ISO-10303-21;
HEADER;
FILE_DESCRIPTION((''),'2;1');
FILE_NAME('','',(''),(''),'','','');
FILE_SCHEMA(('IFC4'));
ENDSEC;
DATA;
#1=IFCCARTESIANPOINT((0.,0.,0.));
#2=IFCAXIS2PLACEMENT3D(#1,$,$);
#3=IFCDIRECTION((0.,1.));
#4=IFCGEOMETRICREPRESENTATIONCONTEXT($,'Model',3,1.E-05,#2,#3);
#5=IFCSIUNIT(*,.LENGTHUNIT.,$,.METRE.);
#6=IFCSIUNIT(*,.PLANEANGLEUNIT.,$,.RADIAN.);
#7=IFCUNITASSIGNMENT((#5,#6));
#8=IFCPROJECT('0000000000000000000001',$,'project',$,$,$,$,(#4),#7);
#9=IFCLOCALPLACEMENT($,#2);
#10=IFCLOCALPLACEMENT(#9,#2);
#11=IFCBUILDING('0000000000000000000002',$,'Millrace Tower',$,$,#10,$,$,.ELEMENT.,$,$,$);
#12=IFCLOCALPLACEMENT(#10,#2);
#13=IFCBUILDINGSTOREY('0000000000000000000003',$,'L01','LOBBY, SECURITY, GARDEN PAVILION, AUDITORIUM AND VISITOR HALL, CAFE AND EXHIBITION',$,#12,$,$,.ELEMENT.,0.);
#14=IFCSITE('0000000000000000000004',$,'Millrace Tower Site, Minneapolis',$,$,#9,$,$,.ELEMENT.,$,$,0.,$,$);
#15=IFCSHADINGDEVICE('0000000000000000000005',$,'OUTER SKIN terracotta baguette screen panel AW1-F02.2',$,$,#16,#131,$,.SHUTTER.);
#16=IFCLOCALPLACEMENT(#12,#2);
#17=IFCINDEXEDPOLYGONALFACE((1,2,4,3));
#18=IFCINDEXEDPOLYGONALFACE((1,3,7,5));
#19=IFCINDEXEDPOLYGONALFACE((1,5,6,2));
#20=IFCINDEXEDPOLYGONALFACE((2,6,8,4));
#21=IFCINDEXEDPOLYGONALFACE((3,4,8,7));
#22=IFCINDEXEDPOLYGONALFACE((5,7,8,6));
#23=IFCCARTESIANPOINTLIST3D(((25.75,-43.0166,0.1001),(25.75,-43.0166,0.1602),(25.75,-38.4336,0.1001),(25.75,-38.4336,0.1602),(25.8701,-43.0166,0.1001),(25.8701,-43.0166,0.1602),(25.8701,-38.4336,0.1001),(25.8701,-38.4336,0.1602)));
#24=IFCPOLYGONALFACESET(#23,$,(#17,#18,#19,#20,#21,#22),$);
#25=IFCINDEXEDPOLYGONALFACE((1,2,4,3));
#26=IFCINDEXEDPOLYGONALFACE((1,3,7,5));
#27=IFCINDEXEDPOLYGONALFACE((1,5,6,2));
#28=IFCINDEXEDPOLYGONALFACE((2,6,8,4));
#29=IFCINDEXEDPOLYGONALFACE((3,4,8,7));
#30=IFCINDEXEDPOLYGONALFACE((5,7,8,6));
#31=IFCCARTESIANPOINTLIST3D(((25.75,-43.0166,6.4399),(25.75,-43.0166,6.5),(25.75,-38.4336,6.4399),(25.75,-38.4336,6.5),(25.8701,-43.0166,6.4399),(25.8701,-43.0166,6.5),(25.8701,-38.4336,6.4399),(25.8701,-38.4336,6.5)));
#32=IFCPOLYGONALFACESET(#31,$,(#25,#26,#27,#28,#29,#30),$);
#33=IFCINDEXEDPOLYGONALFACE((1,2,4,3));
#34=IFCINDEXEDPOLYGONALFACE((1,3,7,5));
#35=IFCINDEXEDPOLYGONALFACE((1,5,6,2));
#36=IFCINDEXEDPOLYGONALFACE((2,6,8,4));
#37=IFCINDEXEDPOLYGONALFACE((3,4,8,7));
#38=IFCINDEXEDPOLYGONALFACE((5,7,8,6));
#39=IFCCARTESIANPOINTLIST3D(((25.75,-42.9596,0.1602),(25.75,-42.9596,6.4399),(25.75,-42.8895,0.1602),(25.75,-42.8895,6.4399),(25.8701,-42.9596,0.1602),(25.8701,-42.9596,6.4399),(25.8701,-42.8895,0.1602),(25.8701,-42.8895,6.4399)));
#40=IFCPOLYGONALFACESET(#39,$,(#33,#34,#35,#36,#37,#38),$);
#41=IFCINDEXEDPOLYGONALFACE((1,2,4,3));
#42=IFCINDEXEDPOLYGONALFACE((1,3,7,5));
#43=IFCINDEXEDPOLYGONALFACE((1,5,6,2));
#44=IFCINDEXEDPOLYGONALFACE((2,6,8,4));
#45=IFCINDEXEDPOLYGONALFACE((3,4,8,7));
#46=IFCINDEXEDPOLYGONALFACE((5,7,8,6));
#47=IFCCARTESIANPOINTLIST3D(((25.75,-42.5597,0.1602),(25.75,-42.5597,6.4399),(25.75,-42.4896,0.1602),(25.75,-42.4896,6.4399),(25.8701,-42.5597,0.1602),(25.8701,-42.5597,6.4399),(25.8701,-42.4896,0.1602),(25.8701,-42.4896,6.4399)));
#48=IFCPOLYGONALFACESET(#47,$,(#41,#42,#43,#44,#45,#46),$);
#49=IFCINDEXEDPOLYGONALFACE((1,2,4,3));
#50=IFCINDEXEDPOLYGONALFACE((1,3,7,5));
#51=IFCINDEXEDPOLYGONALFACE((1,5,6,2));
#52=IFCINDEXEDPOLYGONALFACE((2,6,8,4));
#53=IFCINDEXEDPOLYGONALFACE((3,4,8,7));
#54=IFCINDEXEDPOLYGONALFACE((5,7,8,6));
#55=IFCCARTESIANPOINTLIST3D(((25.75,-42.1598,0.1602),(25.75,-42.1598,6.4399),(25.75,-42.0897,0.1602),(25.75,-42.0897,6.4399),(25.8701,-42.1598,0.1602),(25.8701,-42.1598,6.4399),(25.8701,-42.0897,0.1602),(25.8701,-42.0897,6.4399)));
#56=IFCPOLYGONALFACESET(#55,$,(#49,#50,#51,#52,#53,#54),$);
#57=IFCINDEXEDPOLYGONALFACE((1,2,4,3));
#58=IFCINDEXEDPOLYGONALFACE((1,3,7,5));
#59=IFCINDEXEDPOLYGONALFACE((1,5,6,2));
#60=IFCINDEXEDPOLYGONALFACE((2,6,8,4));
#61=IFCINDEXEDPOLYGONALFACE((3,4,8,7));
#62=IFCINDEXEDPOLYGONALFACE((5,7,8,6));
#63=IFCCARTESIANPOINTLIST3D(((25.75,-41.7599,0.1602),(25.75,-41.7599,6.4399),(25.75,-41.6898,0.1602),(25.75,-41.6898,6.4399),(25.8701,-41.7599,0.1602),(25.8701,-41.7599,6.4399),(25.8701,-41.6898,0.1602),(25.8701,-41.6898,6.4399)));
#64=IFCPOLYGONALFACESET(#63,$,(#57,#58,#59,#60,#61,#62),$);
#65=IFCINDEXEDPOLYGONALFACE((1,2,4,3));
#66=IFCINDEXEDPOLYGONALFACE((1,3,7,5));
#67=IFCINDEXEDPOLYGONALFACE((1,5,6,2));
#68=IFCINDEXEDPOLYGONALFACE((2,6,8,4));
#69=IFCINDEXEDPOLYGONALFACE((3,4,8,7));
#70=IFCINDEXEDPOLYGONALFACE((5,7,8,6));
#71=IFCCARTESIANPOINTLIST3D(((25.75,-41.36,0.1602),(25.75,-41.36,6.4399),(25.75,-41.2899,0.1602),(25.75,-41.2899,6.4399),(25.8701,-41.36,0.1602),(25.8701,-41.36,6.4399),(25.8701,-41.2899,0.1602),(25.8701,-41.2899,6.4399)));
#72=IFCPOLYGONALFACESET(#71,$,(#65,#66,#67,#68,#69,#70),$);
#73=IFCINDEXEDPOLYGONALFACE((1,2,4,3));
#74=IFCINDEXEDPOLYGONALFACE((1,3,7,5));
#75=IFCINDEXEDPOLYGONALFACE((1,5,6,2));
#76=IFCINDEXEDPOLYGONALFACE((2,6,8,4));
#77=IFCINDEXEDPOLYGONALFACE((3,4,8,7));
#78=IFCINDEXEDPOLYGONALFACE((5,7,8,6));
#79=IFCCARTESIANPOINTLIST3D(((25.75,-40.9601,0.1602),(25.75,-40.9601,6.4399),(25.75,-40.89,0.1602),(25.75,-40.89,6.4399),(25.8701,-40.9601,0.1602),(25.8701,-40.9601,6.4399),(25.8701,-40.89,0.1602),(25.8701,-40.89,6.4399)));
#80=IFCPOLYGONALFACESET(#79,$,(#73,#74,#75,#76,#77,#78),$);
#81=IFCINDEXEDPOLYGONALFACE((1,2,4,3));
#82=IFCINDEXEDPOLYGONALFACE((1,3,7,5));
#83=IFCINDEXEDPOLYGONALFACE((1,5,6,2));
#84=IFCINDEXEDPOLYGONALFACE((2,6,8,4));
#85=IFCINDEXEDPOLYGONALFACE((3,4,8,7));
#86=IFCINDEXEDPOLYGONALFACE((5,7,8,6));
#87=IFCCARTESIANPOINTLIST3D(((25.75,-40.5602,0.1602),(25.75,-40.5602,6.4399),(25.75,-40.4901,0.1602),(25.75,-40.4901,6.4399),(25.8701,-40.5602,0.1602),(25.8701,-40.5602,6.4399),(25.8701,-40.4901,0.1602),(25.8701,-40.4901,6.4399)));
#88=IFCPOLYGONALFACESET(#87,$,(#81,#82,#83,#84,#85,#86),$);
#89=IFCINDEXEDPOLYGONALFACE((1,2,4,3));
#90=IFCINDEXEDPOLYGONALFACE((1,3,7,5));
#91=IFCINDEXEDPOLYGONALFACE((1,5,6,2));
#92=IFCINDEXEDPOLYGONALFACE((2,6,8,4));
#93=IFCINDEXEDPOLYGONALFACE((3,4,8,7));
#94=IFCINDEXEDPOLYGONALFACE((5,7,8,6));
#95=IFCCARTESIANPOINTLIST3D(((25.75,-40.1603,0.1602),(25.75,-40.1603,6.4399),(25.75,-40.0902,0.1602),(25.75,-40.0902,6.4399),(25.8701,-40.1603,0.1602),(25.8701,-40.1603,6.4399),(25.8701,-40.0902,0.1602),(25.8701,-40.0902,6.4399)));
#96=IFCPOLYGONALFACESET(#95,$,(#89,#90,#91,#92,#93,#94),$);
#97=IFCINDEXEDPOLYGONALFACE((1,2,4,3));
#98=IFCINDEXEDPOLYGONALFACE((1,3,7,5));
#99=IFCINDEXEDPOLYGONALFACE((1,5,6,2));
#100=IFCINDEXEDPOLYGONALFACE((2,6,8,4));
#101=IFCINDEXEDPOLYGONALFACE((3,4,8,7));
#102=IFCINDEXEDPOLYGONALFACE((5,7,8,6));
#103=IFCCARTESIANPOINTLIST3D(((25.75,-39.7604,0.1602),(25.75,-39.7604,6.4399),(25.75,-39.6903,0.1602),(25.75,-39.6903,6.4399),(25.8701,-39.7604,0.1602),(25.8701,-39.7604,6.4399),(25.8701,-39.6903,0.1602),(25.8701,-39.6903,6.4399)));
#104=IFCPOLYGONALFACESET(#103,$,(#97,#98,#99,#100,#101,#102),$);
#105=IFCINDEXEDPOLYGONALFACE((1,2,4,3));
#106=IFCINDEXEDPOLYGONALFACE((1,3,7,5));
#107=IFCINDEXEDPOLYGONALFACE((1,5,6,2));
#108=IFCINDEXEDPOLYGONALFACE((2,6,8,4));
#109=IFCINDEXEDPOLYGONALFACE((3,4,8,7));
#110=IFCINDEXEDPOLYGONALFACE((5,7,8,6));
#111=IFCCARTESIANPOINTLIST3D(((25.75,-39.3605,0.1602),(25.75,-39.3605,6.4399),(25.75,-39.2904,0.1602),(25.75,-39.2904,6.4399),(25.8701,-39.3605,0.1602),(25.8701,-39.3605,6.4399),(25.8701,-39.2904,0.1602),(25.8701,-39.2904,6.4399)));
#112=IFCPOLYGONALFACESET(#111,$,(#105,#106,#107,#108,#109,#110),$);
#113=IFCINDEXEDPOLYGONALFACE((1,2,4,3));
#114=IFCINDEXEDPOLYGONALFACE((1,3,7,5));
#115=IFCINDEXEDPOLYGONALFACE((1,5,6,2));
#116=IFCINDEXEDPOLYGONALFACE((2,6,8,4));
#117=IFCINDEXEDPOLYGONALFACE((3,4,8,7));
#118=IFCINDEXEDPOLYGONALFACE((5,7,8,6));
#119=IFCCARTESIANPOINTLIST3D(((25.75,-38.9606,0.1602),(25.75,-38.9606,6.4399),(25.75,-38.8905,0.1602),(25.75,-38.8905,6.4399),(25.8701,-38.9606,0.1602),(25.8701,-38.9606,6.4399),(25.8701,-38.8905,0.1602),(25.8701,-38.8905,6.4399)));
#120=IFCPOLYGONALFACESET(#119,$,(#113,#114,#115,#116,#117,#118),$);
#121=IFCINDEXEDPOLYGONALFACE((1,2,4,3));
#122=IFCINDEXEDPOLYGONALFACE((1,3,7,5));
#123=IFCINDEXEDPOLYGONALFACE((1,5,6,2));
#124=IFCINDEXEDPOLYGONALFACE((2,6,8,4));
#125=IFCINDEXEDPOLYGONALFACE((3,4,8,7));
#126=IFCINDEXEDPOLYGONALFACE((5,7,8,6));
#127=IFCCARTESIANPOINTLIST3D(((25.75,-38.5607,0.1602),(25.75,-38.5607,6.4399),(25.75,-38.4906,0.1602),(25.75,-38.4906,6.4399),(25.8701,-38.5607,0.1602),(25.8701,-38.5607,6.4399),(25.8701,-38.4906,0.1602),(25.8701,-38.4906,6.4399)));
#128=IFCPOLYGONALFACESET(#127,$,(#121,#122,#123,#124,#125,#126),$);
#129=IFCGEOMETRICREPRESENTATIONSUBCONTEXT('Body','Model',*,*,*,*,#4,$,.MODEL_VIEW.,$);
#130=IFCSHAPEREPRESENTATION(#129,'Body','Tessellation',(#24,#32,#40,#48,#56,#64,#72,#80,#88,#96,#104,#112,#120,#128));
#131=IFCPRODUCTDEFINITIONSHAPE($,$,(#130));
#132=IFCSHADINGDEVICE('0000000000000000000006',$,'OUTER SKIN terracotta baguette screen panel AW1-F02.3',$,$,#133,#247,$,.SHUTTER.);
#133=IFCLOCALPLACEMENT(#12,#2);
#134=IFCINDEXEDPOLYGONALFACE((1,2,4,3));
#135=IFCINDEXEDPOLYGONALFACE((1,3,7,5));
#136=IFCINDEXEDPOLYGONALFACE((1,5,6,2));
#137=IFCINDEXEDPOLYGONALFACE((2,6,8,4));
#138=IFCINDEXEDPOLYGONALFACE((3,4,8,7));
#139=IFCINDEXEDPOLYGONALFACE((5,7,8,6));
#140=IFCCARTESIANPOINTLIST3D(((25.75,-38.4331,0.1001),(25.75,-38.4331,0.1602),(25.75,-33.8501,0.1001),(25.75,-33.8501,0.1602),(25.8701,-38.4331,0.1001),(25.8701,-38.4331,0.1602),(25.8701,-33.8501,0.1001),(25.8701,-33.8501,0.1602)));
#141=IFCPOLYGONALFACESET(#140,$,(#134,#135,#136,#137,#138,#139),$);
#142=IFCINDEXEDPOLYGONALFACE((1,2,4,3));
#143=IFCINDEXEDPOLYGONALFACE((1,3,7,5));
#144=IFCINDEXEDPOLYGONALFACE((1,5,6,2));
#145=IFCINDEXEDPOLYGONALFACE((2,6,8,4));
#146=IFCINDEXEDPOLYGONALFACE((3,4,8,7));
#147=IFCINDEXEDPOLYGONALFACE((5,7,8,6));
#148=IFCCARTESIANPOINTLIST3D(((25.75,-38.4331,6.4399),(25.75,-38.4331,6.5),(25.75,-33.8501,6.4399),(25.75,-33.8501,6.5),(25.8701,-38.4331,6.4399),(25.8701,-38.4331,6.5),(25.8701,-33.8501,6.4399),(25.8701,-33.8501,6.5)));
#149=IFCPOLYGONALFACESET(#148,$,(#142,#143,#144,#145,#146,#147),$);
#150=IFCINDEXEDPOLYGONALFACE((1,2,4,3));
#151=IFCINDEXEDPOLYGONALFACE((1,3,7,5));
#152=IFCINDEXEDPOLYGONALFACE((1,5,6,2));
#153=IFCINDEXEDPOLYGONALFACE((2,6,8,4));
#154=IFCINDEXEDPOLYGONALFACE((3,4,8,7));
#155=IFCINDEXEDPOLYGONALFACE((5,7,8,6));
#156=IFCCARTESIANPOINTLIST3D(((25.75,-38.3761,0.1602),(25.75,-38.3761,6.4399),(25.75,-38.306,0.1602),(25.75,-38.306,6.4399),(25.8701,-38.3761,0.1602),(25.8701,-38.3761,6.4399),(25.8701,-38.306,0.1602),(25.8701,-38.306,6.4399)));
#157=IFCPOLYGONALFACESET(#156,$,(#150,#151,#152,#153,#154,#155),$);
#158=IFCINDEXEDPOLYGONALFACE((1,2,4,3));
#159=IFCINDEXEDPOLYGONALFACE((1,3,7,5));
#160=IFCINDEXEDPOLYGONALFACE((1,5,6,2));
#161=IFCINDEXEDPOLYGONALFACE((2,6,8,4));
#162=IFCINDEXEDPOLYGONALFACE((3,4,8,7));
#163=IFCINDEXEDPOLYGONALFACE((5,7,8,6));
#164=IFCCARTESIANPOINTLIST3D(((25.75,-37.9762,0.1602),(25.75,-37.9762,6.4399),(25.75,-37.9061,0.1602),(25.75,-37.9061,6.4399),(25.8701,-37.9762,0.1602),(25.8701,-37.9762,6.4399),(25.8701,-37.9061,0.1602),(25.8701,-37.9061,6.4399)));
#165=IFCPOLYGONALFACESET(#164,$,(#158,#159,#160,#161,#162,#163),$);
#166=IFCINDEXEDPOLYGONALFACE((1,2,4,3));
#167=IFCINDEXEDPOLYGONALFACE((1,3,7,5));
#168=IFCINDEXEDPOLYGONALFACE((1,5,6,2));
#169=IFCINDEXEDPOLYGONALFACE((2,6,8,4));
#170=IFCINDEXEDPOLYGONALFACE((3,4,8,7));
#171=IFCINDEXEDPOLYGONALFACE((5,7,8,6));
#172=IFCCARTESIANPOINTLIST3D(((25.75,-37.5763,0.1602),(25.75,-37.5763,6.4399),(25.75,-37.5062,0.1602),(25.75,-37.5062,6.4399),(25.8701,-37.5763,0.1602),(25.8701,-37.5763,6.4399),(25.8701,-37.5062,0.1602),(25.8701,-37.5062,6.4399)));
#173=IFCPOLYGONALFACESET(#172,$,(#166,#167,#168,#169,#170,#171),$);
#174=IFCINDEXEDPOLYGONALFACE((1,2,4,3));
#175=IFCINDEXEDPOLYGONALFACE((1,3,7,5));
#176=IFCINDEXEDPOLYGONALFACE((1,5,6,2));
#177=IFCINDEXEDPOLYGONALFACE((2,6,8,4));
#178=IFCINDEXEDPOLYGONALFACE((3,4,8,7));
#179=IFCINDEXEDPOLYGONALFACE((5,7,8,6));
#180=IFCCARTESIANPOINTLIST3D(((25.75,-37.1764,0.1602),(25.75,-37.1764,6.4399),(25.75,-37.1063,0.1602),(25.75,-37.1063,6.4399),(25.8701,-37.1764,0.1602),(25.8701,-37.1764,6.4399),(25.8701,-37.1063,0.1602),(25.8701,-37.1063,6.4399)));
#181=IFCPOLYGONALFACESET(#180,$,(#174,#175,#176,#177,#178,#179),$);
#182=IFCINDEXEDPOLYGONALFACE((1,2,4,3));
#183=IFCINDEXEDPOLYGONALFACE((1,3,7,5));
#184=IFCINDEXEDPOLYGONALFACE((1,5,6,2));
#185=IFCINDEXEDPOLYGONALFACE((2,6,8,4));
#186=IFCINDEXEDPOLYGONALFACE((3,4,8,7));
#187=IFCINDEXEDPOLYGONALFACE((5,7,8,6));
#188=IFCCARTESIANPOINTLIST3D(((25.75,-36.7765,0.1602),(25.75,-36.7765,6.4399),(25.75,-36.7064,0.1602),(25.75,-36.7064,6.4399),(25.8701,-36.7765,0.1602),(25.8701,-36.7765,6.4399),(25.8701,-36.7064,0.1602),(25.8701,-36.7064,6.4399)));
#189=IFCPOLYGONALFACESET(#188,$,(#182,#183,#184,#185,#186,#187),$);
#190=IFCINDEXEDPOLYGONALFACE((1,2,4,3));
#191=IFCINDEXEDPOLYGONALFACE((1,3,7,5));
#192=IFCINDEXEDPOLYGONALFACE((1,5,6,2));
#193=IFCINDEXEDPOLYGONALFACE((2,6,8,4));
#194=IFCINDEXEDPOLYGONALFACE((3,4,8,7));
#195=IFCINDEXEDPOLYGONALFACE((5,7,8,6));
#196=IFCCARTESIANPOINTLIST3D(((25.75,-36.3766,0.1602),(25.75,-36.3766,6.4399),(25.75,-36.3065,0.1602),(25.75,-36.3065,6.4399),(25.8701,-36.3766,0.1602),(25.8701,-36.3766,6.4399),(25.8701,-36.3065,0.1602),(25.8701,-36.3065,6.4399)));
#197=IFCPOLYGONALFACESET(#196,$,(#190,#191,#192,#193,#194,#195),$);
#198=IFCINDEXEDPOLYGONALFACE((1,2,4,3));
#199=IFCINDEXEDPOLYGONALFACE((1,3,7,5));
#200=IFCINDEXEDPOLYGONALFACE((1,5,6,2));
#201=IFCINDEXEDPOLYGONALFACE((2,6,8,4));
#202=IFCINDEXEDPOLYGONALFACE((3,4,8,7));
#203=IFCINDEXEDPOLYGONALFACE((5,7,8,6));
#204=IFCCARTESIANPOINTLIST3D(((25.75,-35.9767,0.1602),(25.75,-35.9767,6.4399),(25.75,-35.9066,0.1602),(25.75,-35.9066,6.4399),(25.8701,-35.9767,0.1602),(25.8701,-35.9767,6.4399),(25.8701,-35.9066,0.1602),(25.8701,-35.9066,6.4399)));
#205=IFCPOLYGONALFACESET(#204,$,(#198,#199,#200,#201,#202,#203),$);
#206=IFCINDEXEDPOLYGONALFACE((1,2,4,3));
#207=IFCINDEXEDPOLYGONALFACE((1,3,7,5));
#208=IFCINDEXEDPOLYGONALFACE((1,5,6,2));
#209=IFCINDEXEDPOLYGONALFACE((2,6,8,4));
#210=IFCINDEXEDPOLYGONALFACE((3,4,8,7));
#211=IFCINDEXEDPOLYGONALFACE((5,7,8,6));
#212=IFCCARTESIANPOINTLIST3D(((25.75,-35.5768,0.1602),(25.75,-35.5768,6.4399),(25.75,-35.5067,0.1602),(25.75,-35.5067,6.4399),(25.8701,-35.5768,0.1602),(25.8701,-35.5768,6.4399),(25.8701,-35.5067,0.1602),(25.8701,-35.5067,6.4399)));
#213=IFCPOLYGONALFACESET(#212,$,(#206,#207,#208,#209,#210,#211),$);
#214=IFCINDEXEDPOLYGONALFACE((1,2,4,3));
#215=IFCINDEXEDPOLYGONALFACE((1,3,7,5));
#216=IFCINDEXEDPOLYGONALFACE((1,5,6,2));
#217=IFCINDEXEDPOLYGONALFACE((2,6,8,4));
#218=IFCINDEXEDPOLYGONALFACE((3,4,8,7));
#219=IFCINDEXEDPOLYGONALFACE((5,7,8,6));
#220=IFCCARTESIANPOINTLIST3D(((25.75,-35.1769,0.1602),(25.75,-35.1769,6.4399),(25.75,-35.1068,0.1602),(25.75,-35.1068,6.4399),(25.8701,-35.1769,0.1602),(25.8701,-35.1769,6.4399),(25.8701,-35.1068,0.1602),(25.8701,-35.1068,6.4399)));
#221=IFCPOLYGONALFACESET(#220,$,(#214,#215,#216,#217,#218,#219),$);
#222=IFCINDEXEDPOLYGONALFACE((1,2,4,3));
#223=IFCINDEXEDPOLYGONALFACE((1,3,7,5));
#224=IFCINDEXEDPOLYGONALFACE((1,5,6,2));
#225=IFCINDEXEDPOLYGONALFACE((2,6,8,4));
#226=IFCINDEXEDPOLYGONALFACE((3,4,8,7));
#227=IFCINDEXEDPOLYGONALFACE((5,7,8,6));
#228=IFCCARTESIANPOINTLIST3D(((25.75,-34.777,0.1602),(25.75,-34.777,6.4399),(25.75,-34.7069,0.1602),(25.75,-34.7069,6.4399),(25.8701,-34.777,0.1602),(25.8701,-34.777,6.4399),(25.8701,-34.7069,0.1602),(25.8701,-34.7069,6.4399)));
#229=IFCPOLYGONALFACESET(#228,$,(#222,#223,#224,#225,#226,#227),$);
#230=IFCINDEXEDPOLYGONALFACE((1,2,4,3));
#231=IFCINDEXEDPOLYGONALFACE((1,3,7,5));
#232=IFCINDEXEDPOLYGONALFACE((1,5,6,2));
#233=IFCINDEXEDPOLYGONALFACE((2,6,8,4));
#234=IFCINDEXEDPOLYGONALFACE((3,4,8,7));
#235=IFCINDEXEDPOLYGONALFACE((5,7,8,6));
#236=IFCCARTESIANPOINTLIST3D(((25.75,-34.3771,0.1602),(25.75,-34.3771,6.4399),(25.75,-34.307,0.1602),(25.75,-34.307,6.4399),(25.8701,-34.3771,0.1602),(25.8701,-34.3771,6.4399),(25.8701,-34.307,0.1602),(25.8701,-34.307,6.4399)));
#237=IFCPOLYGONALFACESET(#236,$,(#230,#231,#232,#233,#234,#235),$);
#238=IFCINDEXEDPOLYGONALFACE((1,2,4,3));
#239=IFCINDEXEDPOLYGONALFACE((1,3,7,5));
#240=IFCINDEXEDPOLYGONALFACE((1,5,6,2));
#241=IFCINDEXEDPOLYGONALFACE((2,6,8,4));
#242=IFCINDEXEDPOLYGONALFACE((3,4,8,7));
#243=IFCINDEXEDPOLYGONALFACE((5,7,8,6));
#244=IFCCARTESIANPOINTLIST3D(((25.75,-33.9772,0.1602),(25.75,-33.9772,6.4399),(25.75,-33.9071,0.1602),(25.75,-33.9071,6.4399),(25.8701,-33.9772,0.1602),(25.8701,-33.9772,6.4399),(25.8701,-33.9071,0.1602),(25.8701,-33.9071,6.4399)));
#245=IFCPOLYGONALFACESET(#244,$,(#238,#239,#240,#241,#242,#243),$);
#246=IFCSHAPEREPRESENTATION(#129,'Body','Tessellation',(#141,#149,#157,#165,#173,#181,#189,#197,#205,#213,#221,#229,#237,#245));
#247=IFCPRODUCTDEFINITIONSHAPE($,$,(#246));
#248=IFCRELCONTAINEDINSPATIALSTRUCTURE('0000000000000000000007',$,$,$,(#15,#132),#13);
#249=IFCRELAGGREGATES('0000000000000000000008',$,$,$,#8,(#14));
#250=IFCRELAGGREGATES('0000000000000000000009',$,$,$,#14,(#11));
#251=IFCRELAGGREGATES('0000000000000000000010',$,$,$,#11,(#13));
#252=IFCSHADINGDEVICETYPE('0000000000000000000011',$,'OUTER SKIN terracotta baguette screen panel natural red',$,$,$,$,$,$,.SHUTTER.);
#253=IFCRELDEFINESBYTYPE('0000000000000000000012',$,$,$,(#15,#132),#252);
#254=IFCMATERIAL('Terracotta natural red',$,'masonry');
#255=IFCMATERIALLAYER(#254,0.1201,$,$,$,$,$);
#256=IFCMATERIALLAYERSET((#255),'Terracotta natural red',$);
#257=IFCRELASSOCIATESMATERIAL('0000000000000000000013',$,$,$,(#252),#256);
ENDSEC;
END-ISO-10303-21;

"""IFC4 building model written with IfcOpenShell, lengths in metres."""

from ifc_helpers import new_model, entity, si_unit, direction, frame, frame_2d, origin, place, context, subcontext, project, spatial, rectangle, extrude, source, transform, mapped, material, layer, layer_set, type_object, element, save


model = new_model("IFC4")

# Units and contexts
model_context = context("Model", 3, precision=1e-05, world=origin(), true_north=direction((0.0, 1.0)))
body_context = subcontext(model_context, "Body", "Model", "MODEL_VIEW")
ifc_project = project(units=[si_unit("LENGTHUNIT", "METRE"), si_unit("PLANEANGLEUNIT", "RADIAN")], contexts=[model_context])

# Site, building, storey
site_placement = place(None, origin())
site = spatial("IfcSite", under=ifc_project, at=site_placement, Name="Millrace Tower Site, Minneapolis", CompositionType="ELEMENT", RefElevation=0.0)
building_placement = place(site_placement, origin())
building = spatial("IfcBuilding", under=site, at=building_placement, Name="Millrace Tower", CompositionType="ELEMENT")
storey_placement = place(building_placement, origin())
storey = spatial("IfcBuildingStorey", under=building, at=storey_placement, Name="L01", Description="LOBBY, SECURITY, GARDEN PAVILION, AUDITORIUM AND VISITOR HALL, CAFE AND EXHIBITION", CompositionType="ELEMENT", Elevation=0.0)

# Shading devices
ifc_material_1 = material(Name="Terracotta natural red", Category="masonry")
ifc_layer_1 = layer(ifc_material_1, 0.1201)
ifc_layer_set_1 = layer_set([ifc_layer_1], Name="Terracotta natural red")
shading_device_type = type_object("IfcShadingDeviceType", Name="OUTER SKIN terracotta baguette screen panel natural red", PredefinedType="SHUTTER", material=ifc_layer_set_1)
cartesian_point_1 = entity("IfcCartesianPoint", [-2.2915, 0.0601])
shared_polyline_1 = entity("IfcPolyline", [cartesian_point_1, entity("IfcCartesianPoint", [2.2915, 0.0601]), entity("IfcCartesianPoint", [2.2915, -0.0601]), entity("IfcCartesianPoint", [-2.2915, -0.0601]), cartesian_point_1])
shared_shape_1 = source(origin(), body_context, "Body", "SweptSolid", [
    entity("IfcExtrudedAreaSolid", entity("IfcArbitraryClosedProfileDef", "AREA", None, shared_polyline_1), entity("IfcAxis2Placement3D", entity("IfcCartesianPoint", [0.0, 0.0, 0.0])), entity("IfcDirection", [0.0, 0.0, 1.0]), 0.0601),
    entity("IfcExtrudedAreaSolid", entity("IfcArbitraryClosedProfileDef", "AREA", None, shared_polyline_1), entity("IfcAxis2Placement3D", entity("IfcCartesianPoint", [0.0, 0.0, 6.3398])), entity("IfcDirection", [0.0, 0.0, 1.0]), 0.0601),
    extrude(rectangle(XDim=0.0701, YDim=0.1201, at=frame_2d((-2.1995, 0.0))), frame((0.0, 0.0, 0.0601)), (0.0, 0.0, 1.0), 6.2798),
    extrude(rectangle(XDim=0.0701, YDim=0.1201, at=frame_2d((-1.7996, 0.0))), frame((0.0, 0.0, 0.0601)), (0.0, 0.0, 1.0), 6.2798),
    extrude(rectangle(XDim=0.0701, YDim=0.1201, at=frame_2d((-1.3997, 0.0))), frame((0.0, 0.0, 0.0601)), (0.0, 0.0, 1.0), 6.2798),
    extrude(rectangle(XDim=0.0701, YDim=0.1201, at=frame_2d((-0.9998, 0.0))), frame((0.0, 0.0, 0.0601)), (0.0, 0.0, 1.0), 6.2798),
    extrude(rectangle(XDim=0.0701, YDim=0.1201, at=frame_2d((-0.5999, 0.0))), frame((0.0, 0.0, 0.0601)), (0.0, 0.0, 1.0), 6.2798),
    extrude(rectangle(XDim=0.0701, YDim=0.1201, at=frame_2d((-0.2, 0.0))), frame((0.0, 0.0, 0.0601)), (0.0, 0.0, 1.0), 6.2798),
    extrude(rectangle(XDim=0.0701, YDim=0.1201, at=frame_2d((0.2, 0.0))), frame((0.0, 0.0, 0.0601)), (0.0, 0.0, 1.0), 6.2798),
    extrude(rectangle(XDim=0.0701, YDim=0.1201, at=frame_2d((0.5999, 0.0))), frame((0.0, 0.0, 0.0601)), (0.0, 0.0, 1.0), 6.2798),
    extrude(rectangle(XDim=0.0701, YDim=0.1201, at=frame_2d((0.9998, 0.0))), frame((0.0, 0.0, 0.0601)), (0.0, 0.0, 1.0), 6.2798),
    extrude(rectangle(XDim=0.0701, YDim=0.1201, at=frame_2d((1.3997, 0.0))), frame((0.0, 0.0, 0.0601)), (0.0, 0.0, 1.0), 6.2798),
    extrude(rectangle(XDim=0.0701, YDim=0.1201, at=frame_2d((1.7996, 0.0))), frame((0.0, 0.0, 0.0601)), (0.0, 0.0, 1.0), 6.2798),
    extrude(rectangle(XDim=0.0701, YDim=0.1201, at=frame_2d((2.1995, 0.0))), frame((0.0, 0.0, 0.0601)), (0.0, 0.0, 1.0), 6.2798),
])
for number, where, z_axis, x_axis, name in (
    (1, (25.8101, -40.7251, 0.1001), (0.0, 0.0, 1.0), (0.0, 1.0, 0.0), "OUTER SKIN terracotta baguette screen panel AW1-F02.2"),
    (2, (25.8101, -36.1416, 0.1001), (0.0, 0.0, 1.0), (0.0, 1.0, 0.0), "OUTER SKIN terracotta baguette screen panel AW1-F02.3"),
):
    element("IfcShadingDevice", number, at=place(storey_placement, frame(where, z_axis=z_axis, x_axis=x_axis)), inside=storey, type_object=shading_device_type, Name=name, PredefinedType="SHUTTER", context=body_context, shape_type="MappedRepresentation", body=[
        mapped(shared_shape_1, transform((0.0, 0.0, 0.0), scale=1.0)),
    ])

save(model, "model.ifc")
